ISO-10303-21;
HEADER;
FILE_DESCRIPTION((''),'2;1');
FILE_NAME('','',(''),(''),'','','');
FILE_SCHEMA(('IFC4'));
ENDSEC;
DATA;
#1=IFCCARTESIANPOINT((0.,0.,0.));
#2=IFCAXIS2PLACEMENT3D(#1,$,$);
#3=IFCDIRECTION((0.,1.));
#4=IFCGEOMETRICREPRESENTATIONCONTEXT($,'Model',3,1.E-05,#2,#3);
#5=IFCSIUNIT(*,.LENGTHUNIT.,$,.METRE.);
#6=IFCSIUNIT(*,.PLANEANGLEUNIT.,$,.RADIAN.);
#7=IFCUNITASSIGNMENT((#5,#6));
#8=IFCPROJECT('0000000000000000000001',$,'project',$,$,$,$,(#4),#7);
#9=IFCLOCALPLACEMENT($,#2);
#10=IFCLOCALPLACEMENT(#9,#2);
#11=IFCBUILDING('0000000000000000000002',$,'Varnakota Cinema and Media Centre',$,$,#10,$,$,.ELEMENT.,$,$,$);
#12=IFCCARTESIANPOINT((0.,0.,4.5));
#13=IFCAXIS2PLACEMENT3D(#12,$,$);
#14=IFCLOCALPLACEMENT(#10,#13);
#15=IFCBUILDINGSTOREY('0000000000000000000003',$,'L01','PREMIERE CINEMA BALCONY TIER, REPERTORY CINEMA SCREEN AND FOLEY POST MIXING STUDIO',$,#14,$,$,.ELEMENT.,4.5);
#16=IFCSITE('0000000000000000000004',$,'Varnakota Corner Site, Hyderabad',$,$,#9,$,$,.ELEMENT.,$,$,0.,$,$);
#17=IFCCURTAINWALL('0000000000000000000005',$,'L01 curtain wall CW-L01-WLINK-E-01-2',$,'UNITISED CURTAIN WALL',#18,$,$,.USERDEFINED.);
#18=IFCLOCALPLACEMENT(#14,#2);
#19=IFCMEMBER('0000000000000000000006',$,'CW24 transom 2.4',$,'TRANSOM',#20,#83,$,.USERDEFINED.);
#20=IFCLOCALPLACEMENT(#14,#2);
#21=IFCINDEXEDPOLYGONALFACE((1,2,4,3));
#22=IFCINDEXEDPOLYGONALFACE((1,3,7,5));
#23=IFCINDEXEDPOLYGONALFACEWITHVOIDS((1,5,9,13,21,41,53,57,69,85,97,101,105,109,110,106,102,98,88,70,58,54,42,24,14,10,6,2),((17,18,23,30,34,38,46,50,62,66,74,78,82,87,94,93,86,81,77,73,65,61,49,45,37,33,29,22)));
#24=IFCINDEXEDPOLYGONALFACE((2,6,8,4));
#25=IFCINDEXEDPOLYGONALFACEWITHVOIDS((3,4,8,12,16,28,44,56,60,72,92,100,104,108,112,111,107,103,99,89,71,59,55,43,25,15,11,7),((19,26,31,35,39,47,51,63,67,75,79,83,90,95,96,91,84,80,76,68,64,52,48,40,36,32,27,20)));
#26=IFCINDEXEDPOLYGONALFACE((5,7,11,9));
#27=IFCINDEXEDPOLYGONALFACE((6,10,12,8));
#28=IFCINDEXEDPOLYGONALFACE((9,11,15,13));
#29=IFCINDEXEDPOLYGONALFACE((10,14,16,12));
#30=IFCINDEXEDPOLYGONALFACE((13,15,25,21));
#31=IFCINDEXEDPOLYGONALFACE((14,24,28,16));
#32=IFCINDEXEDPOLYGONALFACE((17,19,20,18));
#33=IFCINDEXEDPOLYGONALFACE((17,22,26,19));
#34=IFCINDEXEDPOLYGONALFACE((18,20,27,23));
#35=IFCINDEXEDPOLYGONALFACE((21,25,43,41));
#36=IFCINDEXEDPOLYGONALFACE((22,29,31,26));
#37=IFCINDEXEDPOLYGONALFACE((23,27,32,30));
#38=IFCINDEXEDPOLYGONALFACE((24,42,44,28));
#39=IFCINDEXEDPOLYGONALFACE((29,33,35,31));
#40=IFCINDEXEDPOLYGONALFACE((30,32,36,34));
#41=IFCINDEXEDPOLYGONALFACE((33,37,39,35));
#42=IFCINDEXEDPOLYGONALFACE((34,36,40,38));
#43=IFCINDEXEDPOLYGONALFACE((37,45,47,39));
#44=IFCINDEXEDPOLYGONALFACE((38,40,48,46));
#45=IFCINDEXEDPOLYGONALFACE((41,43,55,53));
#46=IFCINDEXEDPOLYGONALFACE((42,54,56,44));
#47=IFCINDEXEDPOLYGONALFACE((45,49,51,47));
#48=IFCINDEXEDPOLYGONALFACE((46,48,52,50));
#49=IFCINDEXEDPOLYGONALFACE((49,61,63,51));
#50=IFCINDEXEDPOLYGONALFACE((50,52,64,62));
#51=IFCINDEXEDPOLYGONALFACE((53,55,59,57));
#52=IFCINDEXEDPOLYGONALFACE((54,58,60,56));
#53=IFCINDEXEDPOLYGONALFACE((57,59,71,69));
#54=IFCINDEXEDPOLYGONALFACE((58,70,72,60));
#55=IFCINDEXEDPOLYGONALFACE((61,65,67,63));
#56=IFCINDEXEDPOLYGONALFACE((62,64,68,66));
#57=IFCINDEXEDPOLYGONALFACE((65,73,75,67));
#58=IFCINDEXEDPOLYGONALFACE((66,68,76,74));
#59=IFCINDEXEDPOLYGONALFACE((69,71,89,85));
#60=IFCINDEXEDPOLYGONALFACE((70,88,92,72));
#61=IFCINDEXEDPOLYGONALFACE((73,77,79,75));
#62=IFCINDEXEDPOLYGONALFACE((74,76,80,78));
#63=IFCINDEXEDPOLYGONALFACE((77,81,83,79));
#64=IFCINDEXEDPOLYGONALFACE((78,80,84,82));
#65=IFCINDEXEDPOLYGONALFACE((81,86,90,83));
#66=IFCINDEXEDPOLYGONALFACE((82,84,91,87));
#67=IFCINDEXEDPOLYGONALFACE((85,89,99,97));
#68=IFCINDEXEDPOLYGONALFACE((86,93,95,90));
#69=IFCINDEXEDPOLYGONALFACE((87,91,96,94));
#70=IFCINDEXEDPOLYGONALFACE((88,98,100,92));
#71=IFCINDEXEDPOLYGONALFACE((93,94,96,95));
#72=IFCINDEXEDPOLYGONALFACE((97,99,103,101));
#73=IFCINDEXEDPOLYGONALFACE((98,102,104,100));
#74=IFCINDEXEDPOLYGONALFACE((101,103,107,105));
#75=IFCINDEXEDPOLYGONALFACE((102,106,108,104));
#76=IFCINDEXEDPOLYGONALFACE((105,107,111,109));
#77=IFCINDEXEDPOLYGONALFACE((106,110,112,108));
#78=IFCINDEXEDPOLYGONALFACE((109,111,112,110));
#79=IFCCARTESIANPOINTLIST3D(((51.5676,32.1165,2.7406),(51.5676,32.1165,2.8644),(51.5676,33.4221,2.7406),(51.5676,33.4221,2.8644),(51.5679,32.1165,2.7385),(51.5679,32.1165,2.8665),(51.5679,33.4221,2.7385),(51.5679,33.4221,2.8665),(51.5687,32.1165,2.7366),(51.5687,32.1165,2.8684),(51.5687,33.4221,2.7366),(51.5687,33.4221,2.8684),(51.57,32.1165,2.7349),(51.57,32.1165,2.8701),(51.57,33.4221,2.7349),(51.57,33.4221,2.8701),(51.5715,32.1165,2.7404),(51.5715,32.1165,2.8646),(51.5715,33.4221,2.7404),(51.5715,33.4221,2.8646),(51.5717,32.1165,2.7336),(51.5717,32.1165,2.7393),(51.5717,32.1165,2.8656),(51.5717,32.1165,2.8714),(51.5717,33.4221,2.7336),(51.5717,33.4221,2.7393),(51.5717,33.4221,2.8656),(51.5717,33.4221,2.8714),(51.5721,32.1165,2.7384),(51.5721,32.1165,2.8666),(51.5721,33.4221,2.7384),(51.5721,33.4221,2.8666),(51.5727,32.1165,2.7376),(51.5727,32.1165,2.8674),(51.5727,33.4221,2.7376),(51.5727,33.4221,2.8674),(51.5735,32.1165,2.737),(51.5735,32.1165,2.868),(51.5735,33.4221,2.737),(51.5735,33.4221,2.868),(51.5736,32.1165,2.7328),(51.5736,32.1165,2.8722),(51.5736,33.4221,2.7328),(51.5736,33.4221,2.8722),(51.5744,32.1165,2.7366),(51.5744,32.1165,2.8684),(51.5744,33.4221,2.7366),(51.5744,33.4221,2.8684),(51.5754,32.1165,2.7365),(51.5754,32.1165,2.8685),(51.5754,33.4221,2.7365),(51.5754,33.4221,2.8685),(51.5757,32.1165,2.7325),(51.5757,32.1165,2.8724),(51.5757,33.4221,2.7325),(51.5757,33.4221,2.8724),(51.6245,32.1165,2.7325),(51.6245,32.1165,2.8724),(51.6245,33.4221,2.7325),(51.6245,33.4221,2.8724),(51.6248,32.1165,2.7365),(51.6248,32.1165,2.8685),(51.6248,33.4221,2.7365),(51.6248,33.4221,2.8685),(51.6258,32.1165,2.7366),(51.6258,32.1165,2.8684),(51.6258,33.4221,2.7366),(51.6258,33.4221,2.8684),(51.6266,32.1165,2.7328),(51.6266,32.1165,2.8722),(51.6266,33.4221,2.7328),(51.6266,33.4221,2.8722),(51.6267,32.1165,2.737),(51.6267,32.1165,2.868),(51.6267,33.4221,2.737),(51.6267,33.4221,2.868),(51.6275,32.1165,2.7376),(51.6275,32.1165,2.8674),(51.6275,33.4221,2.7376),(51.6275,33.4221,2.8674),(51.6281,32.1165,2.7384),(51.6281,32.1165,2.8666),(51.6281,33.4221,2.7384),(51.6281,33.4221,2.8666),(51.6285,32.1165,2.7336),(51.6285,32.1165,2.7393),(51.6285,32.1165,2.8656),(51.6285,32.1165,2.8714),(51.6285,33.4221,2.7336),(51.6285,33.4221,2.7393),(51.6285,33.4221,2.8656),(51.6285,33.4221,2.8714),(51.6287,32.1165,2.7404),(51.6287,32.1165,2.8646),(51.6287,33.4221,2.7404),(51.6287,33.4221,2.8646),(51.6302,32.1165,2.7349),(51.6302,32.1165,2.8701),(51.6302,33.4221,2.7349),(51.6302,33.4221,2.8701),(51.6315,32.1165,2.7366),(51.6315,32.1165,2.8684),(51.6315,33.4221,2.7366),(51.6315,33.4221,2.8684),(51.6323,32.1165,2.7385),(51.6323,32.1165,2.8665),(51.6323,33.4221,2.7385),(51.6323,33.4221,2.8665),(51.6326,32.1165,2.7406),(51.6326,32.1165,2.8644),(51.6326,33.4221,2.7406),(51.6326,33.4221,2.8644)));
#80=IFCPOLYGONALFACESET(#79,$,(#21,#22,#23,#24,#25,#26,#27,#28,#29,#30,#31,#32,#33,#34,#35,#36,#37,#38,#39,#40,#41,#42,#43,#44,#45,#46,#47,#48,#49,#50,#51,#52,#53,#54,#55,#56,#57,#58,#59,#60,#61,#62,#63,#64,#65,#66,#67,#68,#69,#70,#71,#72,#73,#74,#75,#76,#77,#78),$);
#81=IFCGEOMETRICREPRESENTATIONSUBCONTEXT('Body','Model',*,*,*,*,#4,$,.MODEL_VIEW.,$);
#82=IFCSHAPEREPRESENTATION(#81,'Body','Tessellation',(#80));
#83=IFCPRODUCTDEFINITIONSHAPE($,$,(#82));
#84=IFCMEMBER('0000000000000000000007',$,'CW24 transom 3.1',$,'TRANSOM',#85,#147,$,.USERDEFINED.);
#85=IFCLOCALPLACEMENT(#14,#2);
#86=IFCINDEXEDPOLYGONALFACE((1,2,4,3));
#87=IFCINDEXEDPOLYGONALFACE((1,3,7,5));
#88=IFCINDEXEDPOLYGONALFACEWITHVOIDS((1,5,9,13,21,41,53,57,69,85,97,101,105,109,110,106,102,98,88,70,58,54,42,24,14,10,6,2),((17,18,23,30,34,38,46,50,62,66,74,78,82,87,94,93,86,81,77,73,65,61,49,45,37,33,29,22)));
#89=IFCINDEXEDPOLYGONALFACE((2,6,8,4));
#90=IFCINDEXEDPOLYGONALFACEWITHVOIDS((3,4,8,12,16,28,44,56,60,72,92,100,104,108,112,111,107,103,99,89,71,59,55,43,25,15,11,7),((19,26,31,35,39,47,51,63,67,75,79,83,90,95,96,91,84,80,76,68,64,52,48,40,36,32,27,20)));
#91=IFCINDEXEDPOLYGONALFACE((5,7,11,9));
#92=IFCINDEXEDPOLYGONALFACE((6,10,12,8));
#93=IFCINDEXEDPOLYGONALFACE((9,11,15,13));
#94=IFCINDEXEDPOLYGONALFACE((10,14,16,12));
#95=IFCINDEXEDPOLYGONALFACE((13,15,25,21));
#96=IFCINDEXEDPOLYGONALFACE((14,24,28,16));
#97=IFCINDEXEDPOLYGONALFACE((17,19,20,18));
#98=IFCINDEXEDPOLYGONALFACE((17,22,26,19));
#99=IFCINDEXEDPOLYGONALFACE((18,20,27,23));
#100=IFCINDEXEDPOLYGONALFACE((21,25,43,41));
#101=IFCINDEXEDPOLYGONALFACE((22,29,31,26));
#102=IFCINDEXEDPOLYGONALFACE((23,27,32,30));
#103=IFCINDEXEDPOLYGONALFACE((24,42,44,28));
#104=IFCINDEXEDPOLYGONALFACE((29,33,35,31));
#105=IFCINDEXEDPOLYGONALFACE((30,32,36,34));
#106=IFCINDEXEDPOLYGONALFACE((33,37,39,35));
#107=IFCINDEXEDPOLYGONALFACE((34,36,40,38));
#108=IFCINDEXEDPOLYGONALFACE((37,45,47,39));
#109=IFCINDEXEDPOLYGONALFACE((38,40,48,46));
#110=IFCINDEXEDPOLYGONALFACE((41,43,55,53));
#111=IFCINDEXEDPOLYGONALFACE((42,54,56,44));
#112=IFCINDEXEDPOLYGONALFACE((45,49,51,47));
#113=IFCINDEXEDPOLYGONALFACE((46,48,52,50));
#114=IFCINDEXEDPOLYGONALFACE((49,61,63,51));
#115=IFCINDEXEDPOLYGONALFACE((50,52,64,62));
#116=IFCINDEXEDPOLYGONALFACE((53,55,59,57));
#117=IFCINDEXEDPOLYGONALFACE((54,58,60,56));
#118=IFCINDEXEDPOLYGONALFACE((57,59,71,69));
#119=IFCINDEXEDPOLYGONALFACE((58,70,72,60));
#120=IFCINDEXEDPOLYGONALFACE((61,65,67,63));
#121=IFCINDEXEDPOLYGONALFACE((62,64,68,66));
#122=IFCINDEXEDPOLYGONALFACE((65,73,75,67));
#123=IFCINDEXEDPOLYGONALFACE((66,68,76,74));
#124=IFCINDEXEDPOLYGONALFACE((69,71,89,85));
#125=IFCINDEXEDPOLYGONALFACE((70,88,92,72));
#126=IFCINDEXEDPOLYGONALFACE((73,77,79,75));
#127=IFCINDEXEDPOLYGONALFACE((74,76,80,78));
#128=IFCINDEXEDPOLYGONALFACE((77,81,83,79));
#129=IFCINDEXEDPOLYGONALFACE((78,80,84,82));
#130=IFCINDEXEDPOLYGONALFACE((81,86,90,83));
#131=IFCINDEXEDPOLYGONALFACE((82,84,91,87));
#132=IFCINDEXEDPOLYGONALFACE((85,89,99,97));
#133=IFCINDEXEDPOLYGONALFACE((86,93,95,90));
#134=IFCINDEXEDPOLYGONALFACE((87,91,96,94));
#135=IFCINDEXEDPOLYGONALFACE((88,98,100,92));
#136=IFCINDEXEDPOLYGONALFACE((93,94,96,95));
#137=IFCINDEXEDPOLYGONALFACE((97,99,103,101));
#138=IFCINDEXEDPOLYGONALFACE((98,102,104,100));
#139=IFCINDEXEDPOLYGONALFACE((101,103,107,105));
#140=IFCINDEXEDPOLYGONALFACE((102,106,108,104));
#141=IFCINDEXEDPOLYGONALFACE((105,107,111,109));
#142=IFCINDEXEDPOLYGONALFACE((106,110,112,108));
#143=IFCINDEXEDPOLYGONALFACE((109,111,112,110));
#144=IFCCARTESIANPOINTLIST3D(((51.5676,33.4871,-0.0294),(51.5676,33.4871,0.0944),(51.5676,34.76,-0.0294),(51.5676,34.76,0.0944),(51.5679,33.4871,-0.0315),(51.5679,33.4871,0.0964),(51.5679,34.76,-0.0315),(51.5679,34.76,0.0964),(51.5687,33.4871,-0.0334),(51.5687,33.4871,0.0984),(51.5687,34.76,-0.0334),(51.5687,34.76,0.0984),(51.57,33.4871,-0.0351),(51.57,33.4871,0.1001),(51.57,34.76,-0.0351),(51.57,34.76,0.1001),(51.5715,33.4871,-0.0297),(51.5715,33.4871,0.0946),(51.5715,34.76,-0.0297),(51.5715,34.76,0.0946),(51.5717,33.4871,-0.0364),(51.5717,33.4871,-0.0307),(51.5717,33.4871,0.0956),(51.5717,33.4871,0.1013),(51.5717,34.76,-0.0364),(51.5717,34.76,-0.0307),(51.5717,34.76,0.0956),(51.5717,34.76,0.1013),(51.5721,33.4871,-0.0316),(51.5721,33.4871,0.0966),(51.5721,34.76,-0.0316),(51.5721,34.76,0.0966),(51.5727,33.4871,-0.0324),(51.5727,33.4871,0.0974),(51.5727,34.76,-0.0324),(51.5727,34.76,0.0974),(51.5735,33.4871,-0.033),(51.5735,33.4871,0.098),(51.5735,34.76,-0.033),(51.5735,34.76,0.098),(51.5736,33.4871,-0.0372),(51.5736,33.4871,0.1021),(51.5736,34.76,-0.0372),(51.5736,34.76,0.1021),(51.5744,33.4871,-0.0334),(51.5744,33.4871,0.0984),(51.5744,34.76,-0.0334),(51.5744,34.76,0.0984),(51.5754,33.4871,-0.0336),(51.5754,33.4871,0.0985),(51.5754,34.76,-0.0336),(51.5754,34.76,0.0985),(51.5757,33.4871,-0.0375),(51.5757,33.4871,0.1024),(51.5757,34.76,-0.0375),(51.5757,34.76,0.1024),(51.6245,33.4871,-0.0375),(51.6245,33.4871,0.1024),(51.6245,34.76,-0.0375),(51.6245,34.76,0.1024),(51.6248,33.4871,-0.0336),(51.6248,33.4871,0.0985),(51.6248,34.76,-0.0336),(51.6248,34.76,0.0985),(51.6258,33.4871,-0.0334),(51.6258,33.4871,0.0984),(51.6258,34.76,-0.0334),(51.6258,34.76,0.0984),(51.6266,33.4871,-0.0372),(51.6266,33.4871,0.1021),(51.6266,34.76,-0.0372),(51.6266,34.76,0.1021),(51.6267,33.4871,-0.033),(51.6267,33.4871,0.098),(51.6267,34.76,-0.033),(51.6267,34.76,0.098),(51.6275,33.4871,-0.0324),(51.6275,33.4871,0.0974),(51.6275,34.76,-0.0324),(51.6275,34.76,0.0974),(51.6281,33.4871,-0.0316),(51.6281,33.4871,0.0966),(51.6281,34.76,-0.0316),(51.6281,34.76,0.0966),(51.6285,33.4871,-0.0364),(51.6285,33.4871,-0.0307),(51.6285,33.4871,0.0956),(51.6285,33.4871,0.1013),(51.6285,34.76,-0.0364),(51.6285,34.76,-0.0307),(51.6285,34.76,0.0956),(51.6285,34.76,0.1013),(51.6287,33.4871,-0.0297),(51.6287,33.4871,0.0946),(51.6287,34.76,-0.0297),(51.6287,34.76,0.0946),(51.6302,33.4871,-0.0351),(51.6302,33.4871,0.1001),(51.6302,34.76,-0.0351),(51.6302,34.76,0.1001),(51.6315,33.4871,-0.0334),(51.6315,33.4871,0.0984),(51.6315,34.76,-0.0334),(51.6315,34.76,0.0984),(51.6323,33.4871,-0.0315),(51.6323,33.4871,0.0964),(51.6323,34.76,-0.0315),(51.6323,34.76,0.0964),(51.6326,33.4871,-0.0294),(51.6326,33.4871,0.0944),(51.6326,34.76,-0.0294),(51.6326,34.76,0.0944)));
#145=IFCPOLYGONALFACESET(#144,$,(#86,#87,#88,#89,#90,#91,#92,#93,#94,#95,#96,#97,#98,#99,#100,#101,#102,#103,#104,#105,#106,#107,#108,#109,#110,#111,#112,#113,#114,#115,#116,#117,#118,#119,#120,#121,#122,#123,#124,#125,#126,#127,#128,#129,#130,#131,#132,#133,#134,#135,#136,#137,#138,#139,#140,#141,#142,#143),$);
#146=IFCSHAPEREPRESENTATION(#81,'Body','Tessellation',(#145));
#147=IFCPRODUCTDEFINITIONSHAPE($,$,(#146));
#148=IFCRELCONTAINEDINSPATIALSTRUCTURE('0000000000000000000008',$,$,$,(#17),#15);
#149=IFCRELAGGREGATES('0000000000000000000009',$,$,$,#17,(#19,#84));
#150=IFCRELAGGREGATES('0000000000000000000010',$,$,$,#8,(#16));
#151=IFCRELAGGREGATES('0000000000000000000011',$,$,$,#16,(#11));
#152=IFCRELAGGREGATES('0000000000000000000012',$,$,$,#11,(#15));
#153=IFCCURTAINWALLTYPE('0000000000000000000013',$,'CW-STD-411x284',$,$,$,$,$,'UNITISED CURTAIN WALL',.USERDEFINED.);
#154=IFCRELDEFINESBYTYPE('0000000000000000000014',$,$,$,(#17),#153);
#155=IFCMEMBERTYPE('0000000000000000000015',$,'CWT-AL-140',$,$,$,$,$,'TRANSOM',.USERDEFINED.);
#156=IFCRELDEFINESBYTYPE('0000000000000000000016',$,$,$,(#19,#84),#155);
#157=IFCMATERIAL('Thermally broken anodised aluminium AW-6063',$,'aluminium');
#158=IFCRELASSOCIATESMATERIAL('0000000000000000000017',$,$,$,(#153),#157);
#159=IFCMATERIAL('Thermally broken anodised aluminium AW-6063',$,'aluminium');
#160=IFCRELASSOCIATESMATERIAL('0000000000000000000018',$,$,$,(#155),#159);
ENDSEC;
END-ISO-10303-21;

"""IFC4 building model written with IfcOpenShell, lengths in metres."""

from ifc_helpers import new_model, si_unit, direction, frame, origin, origin_2d, place, context, subcontext, project, spatial, hollow_rectangle, extrude, material, material_profile, profile_set, type_object, element, aggregate, save


model = new_model("IFC4")

# Units and contexts
model_context = context("Model", 3, precision=1e-05, world=origin(), true_north=direction((0.0, 1.0)))
body_context = subcontext(model_context, "Body", "Model", "MODEL_VIEW")
ifc_project = project(units=[si_unit("LENGTHUNIT", "METRE"), si_unit("PLANEANGLEUNIT", "RADIAN")], contexts=[model_context])

# Site, building, storey
site_placement = place(None, origin())
site = spatial("IfcSite", under=ifc_project, at=site_placement, Name="Varnakota Corner Site, Hyderabad", CompositionType="ELEMENT", RefElevation=0.0)
building_placement = place(site_placement, origin())
building = spatial("IfcBuilding", under=site, at=building_placement, Name="Varnakota Cinema and Media Centre", CompositionType="ELEMENT")
storey_placement = place(building_placement, frame((0.0, 0.0, 4.5)))
storey = spatial("IfcBuildingStorey", under=building, at=storey_placement, Name="L01", Description="PREMIERE CINEMA BALCONY TIER, REPERTORY CINEMA SCREEN AND FOLEY POST MIXING STUDIO", CompositionType="ELEMENT", Elevation=4.5)

# Shared definitions
ifc_material_1 = material(Name="Thermally broken anodised aluminium AW-6063", Category="aluminium")
curtain_wall_type = type_object("IfcCurtainWallType", Name="CW-STD-411x284", ElementType="UNITISED CURTAIN WALL", PredefinedType="USERDEFINED", material=ifc_material_1)

# Curtain wall
curtain_wall_1_placement = place(storey_placement, origin())
curtain_wall_1 = element("IfcCurtainWall", 1, at=curtain_wall_1_placement, inside=storey, type_object=curtain_wall_type, Name="L01 curtain wall CW-L01-WLINK-E-01-2", ObjectType="UNITISED CURTAIN WALL", PredefinedType="USERDEFINED")

# Members
ifc_material_2 = material(Name="Thermally broken anodised aluminium AW-6063", Category="aluminium")
ifc_material_profile_1 = material_profile(ifc_material_2, hollow_rectangle(XDim=0.0649, YDim=0.1399, WallThickness=0.0039, InnerFilletRadius=0.0039, OuterFilletRadius=0.0081, at=origin_2d()), Name="AL-TRANSOM 140x65x4")
ifc_profile_set_1 = profile_set([ifc_material_profile_1], Name="Thermally broken anodised aluminium AW-6063")
member_type_1 = type_object("IfcMemberType", Name="CWT-AL-140", ElementType="TRANSOM", PredefinedType="USERDEFINED", material=ifc_profile_set_1)
member_1_placement = place(storey_placement, frame((51.6001, 32.1165, 2.8025), z_axis=(0.0, 1.0, 0.0), x_axis=(-1.0, 0.0, 0.0)))
member_1 = element("IfcMember", 2, at=member_1_placement, type_object=member_type_1, Name="CW24 transom 2.4", ObjectType="TRANSOM", PredefinedType="USERDEFINED", context=body_context, shape_type="SweptSolid", body=[
    extrude(hollow_rectangle(XDim=0.0649, YDim=0.1399, WallThickness=0.0039, InnerFilletRadius=0.0039, OuterFilletRadius=0.0081, at=origin_2d()), origin(), (0.0, 0.0, 1.0), 1.3057),
])
member_2_placement = place(storey_placement, frame((51.6001, 33.4871, 0.0325), z_axis=(0.0, 1.0, 0.0), x_axis=(-1.0, 0.0, 0.0)))
member_2 = element("IfcMember", 3, at=member_2_placement, type_object=member_type_1, Name="CW24 transom 3.1", ObjectType="TRANSOM", PredefinedType="USERDEFINED", context=body_context, shape_type="SweptSolid", body=[
    extrude(hollow_rectangle(XDim=0.0649, YDim=0.1399, WallThickness=0.0039, InnerFilletRadius=0.0039, OuterFilletRadius=0.0081, at=origin_2d()), origin(), (0.0, 0.0, 1.0), 1.2729),
])

aggregate(curtain_wall_1, [member_1, member_2])

save(model, "model.ifc")
